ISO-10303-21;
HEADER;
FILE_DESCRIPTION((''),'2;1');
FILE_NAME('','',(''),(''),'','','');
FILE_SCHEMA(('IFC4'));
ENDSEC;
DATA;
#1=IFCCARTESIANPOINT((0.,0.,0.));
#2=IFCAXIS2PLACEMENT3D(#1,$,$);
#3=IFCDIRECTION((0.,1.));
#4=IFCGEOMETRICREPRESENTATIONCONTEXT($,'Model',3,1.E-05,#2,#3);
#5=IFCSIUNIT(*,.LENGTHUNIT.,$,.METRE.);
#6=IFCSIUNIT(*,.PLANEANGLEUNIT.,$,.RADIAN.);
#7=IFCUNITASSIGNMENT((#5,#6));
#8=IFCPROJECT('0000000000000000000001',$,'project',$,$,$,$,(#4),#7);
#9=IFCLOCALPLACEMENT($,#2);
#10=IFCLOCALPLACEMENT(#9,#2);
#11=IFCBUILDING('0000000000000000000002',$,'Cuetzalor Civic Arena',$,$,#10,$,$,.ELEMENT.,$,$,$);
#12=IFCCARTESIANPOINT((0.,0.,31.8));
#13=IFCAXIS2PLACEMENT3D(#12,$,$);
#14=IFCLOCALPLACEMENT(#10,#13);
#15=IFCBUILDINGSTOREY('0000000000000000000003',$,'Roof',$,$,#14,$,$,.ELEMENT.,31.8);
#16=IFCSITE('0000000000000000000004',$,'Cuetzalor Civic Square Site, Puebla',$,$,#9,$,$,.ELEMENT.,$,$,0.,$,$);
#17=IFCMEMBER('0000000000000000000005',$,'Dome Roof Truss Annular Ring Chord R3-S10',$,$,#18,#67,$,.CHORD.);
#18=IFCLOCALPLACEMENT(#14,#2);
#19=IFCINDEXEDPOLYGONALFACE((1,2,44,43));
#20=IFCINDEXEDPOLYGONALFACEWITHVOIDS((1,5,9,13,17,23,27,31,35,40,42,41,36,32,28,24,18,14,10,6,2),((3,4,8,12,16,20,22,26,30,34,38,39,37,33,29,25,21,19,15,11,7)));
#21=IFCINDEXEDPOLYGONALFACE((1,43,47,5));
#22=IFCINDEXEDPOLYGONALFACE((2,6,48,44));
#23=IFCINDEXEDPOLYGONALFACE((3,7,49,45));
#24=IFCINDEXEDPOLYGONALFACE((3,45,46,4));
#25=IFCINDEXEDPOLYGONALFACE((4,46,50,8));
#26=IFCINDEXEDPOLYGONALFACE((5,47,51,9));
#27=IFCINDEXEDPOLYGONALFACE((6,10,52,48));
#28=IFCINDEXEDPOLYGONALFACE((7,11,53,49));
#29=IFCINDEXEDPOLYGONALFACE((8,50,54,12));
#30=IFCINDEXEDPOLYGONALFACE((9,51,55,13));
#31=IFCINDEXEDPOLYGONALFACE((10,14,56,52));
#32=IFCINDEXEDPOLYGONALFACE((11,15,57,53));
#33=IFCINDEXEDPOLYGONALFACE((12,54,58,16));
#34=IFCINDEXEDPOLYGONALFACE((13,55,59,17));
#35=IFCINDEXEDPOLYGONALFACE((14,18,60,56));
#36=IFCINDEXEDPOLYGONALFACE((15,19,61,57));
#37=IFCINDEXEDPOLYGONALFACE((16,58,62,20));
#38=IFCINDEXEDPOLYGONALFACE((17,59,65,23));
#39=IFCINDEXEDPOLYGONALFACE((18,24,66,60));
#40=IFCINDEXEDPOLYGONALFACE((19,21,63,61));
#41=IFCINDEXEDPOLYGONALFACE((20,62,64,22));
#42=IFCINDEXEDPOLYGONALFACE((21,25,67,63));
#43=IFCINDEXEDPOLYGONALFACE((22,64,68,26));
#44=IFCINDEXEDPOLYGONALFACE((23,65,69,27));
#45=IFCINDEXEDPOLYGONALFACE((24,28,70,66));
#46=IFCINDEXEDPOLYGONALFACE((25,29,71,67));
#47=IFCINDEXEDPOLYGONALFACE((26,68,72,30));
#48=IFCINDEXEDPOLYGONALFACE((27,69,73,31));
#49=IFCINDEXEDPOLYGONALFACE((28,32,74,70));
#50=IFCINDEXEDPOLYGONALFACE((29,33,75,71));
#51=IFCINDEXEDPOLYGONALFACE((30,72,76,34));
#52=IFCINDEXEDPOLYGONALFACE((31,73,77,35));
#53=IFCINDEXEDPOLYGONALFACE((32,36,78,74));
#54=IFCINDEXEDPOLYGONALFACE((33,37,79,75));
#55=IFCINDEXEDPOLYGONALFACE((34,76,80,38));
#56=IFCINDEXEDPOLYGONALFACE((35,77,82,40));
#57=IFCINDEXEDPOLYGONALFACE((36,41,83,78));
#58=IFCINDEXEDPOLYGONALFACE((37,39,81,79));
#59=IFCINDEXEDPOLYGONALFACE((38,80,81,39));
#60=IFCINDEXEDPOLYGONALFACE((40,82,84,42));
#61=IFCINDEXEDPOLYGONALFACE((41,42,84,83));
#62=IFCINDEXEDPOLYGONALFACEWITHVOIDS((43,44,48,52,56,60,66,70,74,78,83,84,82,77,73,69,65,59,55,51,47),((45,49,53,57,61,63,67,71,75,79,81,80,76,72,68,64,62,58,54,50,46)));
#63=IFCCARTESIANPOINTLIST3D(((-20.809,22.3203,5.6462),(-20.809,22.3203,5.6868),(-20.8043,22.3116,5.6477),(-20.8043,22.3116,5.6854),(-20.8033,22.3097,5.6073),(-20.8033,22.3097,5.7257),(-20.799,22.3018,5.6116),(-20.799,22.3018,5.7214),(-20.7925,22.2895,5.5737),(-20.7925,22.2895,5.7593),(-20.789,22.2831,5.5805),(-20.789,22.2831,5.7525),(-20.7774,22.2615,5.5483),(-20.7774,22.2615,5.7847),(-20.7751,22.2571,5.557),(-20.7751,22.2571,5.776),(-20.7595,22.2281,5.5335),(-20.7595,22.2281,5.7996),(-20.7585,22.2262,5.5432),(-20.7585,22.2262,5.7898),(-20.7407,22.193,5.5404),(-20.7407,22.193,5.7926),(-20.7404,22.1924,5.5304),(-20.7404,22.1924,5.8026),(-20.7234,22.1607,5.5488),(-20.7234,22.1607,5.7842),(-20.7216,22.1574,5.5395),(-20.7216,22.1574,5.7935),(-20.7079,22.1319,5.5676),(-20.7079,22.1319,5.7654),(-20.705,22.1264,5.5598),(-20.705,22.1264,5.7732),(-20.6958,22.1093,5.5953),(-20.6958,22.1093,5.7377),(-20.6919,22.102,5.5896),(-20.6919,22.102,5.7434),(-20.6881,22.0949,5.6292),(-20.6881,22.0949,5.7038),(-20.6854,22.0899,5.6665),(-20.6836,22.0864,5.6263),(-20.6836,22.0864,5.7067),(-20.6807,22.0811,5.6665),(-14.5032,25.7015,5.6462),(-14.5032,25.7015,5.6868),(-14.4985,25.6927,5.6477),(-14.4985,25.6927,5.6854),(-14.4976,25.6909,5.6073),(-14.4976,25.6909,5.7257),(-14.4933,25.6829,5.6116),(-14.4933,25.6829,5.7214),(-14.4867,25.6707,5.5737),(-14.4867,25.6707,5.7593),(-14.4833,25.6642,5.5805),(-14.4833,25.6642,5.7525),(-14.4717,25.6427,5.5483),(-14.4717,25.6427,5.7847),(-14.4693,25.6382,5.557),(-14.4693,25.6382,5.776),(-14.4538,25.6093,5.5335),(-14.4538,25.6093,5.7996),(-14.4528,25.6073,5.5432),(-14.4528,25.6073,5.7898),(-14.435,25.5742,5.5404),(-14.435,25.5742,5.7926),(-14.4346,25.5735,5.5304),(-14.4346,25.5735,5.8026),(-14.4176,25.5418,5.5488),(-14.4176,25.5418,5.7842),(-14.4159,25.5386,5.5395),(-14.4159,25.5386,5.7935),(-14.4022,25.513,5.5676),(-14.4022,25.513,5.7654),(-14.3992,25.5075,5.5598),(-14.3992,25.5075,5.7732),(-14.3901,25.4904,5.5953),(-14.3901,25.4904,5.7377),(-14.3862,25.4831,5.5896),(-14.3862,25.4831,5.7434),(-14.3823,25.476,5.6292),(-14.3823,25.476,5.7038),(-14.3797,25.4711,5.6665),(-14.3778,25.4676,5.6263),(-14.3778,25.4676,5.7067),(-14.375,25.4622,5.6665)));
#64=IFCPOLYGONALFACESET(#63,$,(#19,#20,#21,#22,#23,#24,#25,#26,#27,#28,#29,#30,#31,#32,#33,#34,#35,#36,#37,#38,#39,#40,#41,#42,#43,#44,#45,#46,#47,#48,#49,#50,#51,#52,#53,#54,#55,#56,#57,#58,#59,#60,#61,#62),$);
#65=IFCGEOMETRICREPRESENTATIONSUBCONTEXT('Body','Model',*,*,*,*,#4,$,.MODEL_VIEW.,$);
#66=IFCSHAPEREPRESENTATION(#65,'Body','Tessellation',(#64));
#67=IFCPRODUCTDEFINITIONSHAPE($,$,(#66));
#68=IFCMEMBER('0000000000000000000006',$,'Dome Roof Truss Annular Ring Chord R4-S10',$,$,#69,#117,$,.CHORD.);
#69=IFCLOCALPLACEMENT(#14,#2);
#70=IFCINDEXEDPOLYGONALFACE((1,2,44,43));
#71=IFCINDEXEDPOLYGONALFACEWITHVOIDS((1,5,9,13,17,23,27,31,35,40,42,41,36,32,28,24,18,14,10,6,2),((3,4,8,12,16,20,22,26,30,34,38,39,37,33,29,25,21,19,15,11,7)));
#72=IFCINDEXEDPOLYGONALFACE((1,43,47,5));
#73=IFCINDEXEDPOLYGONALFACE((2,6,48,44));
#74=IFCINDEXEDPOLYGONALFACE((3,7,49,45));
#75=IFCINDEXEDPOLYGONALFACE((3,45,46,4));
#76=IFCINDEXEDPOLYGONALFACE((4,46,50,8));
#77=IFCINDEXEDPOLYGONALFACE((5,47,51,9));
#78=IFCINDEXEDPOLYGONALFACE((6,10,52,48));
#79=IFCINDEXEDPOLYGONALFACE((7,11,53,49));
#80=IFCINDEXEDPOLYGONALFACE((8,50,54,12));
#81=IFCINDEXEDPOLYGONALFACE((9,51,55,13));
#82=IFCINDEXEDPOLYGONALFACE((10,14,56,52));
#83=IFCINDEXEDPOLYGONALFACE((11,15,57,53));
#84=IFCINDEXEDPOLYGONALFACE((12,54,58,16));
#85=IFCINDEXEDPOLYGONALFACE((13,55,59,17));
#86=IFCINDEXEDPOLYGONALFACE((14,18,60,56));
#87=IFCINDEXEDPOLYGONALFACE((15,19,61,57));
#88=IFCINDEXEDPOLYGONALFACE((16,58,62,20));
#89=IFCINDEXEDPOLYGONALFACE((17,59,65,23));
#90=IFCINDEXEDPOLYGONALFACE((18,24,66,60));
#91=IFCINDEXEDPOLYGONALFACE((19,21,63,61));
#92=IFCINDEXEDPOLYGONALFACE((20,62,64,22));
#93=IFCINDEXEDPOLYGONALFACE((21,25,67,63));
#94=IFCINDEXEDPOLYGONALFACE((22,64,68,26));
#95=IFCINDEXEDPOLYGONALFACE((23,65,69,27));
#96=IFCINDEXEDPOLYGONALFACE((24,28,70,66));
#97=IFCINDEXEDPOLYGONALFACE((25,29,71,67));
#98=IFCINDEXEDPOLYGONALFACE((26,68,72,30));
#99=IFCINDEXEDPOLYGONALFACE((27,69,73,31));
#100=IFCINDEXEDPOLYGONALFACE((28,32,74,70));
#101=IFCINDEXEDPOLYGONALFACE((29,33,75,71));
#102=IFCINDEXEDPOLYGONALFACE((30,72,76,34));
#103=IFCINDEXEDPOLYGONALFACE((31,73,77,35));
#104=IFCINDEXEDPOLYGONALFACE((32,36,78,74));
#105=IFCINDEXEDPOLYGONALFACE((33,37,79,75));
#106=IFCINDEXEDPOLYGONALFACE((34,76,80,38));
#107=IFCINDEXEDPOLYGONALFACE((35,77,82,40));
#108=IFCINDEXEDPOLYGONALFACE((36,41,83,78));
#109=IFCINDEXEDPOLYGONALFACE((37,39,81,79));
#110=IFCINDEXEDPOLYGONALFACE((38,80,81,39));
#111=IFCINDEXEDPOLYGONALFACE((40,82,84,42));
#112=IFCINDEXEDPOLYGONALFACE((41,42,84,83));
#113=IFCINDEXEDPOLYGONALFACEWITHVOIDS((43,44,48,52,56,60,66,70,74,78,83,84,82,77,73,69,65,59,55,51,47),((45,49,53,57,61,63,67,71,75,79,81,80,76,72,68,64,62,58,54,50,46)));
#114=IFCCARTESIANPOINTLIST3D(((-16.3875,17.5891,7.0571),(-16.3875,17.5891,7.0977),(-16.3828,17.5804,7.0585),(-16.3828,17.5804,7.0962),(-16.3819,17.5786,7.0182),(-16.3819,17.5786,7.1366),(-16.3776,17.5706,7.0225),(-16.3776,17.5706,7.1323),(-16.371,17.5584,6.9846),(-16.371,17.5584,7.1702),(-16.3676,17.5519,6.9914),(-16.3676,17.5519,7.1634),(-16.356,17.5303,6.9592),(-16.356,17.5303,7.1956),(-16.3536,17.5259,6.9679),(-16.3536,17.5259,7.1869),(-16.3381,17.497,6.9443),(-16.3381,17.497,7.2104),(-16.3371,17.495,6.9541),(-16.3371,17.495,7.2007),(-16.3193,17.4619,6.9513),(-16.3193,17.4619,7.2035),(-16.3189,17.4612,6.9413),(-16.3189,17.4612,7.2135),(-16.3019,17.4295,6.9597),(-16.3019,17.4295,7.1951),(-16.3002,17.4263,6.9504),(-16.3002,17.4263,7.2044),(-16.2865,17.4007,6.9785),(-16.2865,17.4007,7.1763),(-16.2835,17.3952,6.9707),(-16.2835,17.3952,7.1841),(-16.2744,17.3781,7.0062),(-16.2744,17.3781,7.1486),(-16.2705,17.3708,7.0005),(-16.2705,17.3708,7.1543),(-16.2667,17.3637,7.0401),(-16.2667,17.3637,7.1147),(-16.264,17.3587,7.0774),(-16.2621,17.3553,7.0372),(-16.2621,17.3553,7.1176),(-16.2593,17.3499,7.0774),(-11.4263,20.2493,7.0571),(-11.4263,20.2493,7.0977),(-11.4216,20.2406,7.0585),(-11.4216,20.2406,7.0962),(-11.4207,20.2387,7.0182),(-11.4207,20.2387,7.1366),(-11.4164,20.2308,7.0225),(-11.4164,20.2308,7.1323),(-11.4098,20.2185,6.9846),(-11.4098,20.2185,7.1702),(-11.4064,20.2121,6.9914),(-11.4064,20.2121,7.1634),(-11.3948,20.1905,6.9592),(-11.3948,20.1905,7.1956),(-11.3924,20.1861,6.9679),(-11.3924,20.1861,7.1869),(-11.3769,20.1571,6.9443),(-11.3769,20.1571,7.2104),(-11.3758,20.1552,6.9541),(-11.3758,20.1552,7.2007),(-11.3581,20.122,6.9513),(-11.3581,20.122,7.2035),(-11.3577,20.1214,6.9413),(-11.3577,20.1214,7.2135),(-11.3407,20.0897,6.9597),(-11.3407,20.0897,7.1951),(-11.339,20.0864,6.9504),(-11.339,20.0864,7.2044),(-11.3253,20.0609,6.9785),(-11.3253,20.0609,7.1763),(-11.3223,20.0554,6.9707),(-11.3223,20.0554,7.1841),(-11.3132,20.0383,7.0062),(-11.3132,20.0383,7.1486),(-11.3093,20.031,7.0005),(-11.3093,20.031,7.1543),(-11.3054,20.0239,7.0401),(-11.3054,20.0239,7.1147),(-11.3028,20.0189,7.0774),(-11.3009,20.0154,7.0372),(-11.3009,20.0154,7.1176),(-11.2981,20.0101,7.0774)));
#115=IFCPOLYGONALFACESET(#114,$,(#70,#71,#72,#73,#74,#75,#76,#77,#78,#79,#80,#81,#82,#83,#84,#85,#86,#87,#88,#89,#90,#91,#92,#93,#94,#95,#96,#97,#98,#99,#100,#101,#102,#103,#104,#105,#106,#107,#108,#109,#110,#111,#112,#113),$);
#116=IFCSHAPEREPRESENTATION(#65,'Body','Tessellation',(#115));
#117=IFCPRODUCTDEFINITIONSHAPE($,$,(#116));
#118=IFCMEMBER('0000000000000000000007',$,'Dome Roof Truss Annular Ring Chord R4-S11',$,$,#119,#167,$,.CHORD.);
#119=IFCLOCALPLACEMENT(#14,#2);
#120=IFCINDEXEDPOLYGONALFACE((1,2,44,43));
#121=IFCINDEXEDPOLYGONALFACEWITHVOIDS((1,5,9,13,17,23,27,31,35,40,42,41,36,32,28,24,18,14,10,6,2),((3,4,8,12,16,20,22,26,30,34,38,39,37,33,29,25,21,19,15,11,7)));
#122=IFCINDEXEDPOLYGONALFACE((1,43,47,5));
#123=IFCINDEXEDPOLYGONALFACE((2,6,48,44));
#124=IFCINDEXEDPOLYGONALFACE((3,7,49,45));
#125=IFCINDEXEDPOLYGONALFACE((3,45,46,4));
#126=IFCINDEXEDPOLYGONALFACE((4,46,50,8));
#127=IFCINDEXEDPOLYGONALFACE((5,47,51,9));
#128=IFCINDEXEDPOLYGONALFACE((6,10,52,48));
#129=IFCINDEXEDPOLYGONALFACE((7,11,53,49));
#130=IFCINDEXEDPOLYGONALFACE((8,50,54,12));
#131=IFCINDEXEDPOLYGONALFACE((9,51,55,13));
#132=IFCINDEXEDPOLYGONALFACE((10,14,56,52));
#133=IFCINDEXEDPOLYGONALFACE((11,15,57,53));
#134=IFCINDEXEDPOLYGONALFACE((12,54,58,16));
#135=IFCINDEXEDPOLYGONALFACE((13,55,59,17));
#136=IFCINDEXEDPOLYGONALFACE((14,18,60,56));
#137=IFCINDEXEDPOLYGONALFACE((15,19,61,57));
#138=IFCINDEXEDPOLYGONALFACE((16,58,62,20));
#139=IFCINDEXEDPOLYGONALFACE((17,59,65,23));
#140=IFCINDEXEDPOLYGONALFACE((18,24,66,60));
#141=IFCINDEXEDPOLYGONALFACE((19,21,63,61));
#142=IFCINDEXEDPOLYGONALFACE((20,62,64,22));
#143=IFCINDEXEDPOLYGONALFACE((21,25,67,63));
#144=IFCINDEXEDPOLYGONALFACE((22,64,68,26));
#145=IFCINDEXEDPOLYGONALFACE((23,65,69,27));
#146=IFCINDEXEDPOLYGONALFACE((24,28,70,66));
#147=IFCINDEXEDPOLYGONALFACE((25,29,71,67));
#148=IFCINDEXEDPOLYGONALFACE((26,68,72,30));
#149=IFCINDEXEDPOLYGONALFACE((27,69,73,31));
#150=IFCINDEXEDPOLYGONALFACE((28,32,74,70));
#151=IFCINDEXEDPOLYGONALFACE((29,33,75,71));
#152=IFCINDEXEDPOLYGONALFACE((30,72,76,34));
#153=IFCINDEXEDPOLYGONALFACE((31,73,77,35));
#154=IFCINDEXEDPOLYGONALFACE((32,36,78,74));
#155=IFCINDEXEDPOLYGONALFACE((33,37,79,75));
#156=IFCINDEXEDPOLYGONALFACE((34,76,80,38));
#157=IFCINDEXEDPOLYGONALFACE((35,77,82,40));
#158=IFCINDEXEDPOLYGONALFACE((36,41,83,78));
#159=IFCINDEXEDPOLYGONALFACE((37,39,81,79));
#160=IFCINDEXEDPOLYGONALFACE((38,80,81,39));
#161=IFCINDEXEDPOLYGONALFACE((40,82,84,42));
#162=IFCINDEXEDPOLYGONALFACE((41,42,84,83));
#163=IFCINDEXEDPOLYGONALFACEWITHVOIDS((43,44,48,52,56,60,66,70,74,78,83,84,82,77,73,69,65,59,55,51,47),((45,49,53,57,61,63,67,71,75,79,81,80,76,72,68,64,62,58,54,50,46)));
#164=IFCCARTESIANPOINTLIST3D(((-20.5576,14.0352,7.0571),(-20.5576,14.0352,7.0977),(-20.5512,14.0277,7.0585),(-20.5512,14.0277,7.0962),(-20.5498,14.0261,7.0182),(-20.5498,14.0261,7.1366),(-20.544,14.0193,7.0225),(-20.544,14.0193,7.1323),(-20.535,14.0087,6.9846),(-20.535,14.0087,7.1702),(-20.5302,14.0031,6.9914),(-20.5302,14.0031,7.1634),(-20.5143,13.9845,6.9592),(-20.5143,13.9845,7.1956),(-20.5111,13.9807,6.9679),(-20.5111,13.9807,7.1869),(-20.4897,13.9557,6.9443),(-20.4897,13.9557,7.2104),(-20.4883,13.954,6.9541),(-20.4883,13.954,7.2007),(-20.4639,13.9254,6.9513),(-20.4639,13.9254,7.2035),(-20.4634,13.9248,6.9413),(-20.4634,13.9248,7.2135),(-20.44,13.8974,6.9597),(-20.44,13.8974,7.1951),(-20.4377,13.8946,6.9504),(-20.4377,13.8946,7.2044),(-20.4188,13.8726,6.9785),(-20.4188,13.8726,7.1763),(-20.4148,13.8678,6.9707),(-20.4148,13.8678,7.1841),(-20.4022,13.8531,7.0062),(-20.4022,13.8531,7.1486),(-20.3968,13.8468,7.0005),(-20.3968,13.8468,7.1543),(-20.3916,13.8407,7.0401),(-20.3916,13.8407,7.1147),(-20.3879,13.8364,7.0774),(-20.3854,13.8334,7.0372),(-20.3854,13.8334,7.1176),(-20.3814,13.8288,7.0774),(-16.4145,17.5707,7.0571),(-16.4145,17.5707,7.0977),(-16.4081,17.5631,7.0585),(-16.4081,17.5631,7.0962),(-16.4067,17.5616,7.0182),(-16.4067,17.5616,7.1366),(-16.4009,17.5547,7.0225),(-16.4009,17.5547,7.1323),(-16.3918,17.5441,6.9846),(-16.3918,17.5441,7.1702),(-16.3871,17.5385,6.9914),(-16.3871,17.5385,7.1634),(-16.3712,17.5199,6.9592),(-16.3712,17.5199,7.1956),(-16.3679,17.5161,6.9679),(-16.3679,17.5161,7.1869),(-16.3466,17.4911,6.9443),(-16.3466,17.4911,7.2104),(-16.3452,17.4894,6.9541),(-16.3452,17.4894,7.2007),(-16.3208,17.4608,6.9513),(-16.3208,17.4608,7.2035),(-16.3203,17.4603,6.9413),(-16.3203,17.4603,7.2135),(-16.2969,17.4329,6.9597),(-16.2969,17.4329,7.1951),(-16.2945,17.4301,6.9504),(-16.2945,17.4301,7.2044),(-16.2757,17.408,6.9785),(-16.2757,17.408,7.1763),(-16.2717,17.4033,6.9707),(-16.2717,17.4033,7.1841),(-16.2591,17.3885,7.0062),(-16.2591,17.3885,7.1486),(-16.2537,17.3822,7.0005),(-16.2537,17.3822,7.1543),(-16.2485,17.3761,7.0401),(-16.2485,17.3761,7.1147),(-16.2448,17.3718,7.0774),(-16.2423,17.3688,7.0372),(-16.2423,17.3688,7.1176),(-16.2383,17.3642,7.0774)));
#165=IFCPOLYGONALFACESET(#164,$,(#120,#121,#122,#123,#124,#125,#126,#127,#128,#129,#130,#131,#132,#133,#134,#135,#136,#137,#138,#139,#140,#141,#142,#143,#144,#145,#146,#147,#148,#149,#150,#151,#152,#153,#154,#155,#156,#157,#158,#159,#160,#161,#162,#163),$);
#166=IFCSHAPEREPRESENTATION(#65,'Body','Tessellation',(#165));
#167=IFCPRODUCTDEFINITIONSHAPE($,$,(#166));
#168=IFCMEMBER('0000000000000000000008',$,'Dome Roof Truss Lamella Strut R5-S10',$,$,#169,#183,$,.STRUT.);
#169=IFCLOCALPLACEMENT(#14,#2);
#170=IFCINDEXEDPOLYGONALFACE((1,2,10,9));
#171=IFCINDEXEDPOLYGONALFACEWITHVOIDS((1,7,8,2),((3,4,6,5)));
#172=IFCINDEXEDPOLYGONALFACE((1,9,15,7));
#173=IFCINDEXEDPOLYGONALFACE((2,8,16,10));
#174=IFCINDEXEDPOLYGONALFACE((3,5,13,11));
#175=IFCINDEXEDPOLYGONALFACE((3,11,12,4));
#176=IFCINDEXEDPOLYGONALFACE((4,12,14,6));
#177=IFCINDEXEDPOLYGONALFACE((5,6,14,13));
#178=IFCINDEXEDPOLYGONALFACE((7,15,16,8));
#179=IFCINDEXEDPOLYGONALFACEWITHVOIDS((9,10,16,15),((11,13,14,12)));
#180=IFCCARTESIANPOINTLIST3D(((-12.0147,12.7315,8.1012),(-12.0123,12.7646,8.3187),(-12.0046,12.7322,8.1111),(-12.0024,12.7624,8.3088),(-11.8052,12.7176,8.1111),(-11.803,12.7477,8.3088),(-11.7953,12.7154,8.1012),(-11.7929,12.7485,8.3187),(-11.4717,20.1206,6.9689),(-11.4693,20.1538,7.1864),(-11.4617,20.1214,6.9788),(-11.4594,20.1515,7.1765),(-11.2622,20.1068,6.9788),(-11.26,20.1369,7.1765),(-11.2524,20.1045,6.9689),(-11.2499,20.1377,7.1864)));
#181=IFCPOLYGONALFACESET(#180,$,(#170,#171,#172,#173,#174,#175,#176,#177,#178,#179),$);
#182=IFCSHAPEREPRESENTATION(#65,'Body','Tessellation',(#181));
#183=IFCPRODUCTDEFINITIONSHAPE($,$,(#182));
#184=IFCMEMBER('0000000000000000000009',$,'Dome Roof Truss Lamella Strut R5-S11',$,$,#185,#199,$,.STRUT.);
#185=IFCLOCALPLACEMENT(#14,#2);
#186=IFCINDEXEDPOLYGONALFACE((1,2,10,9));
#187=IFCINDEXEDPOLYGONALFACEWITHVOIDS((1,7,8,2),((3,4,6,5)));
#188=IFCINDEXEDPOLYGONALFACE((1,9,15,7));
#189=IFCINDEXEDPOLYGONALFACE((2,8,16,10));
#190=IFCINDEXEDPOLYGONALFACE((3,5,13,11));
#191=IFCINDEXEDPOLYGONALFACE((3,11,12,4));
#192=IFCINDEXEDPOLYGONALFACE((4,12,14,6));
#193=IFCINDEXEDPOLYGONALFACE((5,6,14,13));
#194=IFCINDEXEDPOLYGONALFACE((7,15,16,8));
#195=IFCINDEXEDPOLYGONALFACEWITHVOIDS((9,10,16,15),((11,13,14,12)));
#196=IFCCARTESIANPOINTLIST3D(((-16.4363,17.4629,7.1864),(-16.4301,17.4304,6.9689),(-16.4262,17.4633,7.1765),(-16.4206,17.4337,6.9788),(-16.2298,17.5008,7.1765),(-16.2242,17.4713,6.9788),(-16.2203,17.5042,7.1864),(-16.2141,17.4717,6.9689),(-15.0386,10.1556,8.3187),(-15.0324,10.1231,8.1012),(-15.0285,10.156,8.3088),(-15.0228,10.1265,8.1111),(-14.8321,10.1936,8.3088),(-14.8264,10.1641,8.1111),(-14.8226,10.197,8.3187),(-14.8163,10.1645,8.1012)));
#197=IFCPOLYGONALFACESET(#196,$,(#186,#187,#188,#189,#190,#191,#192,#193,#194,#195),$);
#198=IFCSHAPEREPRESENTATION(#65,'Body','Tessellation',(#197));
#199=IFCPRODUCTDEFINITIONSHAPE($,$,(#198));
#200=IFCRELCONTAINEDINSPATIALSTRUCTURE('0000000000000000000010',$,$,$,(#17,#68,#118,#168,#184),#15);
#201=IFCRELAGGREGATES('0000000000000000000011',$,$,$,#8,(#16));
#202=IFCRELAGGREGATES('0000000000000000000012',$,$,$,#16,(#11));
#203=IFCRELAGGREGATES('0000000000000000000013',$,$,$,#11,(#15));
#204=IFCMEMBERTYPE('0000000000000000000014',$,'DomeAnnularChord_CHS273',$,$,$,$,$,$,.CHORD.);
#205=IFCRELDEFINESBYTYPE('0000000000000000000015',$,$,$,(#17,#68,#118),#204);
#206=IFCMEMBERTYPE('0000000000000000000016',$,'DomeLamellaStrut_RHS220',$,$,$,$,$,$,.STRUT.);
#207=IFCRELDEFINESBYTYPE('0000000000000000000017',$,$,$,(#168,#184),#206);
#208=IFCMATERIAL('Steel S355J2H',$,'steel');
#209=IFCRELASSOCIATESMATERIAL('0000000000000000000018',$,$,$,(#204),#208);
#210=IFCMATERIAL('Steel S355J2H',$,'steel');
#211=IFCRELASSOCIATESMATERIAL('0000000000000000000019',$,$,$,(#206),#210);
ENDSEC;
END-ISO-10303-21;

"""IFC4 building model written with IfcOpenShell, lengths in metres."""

from ifc_helpers import new_model, si_unit, direction, frame, origin, origin_2d, place, context, subcontext, project, spatial, hollow_rectangle, hollow_circle, extrude, material, material_profile, profile_set, type_object, element, save


model = new_model("IFC4")

# Units and contexts
model_context = context("Model", 3, precision=1e-05, world=origin(), true_north=direction((0.0, 1.0)))
body_context = subcontext(model_context, "Body", "Model", "MODEL_VIEW")
ifc_project = project(units=[si_unit("LENGTHUNIT", "METRE"), si_unit("PLANEANGLEUNIT", "RADIAN")], contexts=[model_context])

# Site, building, storey
site_placement = place(None, origin())
site = spatial("IfcSite", under=ifc_project, at=site_placement, Name="Cuetzalor Civic Square Site, Puebla", CompositionType="ELEMENT", RefElevation=0.0)
building_placement = place(site_placement, origin())
building = spatial("IfcBuilding", under=site, at=building_placement, Name="Cuetzalor Civic Arena", CompositionType="ELEMENT")
storey_placement = place(building_placement, frame((0.0, 0.0, 31.8)))
storey = spatial("IfcBuildingStorey", under=building, at=storey_placement, Name="Roof", CompositionType="ELEMENT", Elevation=31.8)

# Members
ifc_material_1 = material(Name="Steel S355J2H", Category="steel")
ifc_material_profile_1 = material_profile(ifc_material_1, hollow_circle(Radius=0.1365, WallThickness=0.01, at=origin_2d()), Name="CHS 273x10")
ifc_profile_set_1 = profile_set([ifc_material_profile_1], Name="Steel S355J2H")
member_type_1 = type_object("IfcMemberType", Name="DomeAnnularChord_CHS273", PredefinedType="CHORD", material=ifc_profile_set_1)
member_1_placement = place(storey_placement, frame((-14.4395, 25.5825, 5.6665), z_axis=(-0.881301, -0.472555, 0.0), x_axis=(0.472555, -0.881301, 0.0)))
element("IfcMember", 1, at=member_1_placement, inside=storey, type_object=member_type_1, Name="Dome Roof Truss Annular Ring Chord R3-S10", PredefinedType="CHORD", context=body_context, shape_type="SweptSolid", body=[
    extrude(hollow_circle(Radius=0.1365, WallThickness=0.01, at=origin_2d()), origin(), (0.0, 0.0, 1.0), 7.155),
])
member_2_placement = place(storey_placement, frame((-11.3625, 20.1304, 7.0774), z_axis=(-0.881304, -0.47255, 0.0), x_axis=(0.47255, -0.881304, 0.0)))
element("IfcMember", 2, at=member_2_placement, inside=storey, type_object=member_type_1, Name="Dome Roof Truss Annular Ring Chord R4-S10", PredefinedType="CHORD", context=body_context, shape_type="SweptSolid", body=[
    extrude(hollow_circle(Radius=0.1365, WallThickness=0.01, at=origin_2d()), origin(), (0.0, 0.0, 1.0), 5.6294),
])
member_3_placement = place(storey_placement, frame((-16.3269, 17.468, 7.0774), z_axis=(-0.760688, -0.649118, 0.0), x_axis=(0.649118, -0.760688, 0.0)))
element("IfcMember", 3, at=member_3_placement, inside=storey, type_object=member_type_1, Name="Dome Roof Truss Annular Ring Chord R4-S11", PredefinedType="CHORD", context=body_context, shape_type="SweptSolid", body=[
    extrude(hollow_circle(Radius=0.1365, WallThickness=0.01, at=origin_2d()), origin(), (0.0, 0.0, 1.0), 5.4465),
])
ifc_material_2 = material(Name="Steel S355J2H", Category="steel")
ifc_material_profile_2 = material_profile(ifc_material_2, hollow_rectangle(XDim=0.22, YDim=0.22, WallThickness=0.01, at=origin_2d()), Name="RHS 220x220x10")
ifc_profile_set_2 = profile_set([ifc_material_profile_2], Name="Steel S355J2H")
member_type_2 = type_object("IfcMemberType", Name="DomeLamellaStrut_RHS220", PredefinedType="STRUT", material=ifc_profile_set_2)
member_4_placement = place(storey_placement, frame((-11.3608, 20.1292, 7.0776), z_axis=(-0.072443, -0.985864, 0.151075), x_axis=(0.997311, -0.073284, 0.0)))
element("IfcMember", 4, at=member_4_placement, inside=storey, type_object=member_type_2, Name="Dome Roof Truss Lamella Strut R5-S10", PredefinedType="STRUT", context=body_context, shape_type="SweptSolid", body=[
    extrude(hollow_rectangle(XDim=0.22, YDim=0.22, WallThickness=0.01, at=origin_2d()), origin(), (0.0, 0.0, 1.0), 7.4951),
])
member_5_placement = place(storey_placement, frame((-16.3252, 17.4673, 7.0776), z_axis=(0.185735, -0.971011, 0.150469), x_axis=(0.982193, 0.187874, 0.0)))
element("IfcMember", 5, at=member_5_placement, inside=storey, type_object=member_type_2, Name="Dome Roof Truss Lamella Strut R5-S11", PredefinedType="STRUT", context=body_context, shape_type="SweptSolid", body=[
    extrude(hollow_rectangle(XDim=0.22, YDim=0.22, WallThickness=0.01, at=origin_2d()), origin(), (0.0, 0.0, 1.0), 7.5254),
])

save(model, "model.ifc")
